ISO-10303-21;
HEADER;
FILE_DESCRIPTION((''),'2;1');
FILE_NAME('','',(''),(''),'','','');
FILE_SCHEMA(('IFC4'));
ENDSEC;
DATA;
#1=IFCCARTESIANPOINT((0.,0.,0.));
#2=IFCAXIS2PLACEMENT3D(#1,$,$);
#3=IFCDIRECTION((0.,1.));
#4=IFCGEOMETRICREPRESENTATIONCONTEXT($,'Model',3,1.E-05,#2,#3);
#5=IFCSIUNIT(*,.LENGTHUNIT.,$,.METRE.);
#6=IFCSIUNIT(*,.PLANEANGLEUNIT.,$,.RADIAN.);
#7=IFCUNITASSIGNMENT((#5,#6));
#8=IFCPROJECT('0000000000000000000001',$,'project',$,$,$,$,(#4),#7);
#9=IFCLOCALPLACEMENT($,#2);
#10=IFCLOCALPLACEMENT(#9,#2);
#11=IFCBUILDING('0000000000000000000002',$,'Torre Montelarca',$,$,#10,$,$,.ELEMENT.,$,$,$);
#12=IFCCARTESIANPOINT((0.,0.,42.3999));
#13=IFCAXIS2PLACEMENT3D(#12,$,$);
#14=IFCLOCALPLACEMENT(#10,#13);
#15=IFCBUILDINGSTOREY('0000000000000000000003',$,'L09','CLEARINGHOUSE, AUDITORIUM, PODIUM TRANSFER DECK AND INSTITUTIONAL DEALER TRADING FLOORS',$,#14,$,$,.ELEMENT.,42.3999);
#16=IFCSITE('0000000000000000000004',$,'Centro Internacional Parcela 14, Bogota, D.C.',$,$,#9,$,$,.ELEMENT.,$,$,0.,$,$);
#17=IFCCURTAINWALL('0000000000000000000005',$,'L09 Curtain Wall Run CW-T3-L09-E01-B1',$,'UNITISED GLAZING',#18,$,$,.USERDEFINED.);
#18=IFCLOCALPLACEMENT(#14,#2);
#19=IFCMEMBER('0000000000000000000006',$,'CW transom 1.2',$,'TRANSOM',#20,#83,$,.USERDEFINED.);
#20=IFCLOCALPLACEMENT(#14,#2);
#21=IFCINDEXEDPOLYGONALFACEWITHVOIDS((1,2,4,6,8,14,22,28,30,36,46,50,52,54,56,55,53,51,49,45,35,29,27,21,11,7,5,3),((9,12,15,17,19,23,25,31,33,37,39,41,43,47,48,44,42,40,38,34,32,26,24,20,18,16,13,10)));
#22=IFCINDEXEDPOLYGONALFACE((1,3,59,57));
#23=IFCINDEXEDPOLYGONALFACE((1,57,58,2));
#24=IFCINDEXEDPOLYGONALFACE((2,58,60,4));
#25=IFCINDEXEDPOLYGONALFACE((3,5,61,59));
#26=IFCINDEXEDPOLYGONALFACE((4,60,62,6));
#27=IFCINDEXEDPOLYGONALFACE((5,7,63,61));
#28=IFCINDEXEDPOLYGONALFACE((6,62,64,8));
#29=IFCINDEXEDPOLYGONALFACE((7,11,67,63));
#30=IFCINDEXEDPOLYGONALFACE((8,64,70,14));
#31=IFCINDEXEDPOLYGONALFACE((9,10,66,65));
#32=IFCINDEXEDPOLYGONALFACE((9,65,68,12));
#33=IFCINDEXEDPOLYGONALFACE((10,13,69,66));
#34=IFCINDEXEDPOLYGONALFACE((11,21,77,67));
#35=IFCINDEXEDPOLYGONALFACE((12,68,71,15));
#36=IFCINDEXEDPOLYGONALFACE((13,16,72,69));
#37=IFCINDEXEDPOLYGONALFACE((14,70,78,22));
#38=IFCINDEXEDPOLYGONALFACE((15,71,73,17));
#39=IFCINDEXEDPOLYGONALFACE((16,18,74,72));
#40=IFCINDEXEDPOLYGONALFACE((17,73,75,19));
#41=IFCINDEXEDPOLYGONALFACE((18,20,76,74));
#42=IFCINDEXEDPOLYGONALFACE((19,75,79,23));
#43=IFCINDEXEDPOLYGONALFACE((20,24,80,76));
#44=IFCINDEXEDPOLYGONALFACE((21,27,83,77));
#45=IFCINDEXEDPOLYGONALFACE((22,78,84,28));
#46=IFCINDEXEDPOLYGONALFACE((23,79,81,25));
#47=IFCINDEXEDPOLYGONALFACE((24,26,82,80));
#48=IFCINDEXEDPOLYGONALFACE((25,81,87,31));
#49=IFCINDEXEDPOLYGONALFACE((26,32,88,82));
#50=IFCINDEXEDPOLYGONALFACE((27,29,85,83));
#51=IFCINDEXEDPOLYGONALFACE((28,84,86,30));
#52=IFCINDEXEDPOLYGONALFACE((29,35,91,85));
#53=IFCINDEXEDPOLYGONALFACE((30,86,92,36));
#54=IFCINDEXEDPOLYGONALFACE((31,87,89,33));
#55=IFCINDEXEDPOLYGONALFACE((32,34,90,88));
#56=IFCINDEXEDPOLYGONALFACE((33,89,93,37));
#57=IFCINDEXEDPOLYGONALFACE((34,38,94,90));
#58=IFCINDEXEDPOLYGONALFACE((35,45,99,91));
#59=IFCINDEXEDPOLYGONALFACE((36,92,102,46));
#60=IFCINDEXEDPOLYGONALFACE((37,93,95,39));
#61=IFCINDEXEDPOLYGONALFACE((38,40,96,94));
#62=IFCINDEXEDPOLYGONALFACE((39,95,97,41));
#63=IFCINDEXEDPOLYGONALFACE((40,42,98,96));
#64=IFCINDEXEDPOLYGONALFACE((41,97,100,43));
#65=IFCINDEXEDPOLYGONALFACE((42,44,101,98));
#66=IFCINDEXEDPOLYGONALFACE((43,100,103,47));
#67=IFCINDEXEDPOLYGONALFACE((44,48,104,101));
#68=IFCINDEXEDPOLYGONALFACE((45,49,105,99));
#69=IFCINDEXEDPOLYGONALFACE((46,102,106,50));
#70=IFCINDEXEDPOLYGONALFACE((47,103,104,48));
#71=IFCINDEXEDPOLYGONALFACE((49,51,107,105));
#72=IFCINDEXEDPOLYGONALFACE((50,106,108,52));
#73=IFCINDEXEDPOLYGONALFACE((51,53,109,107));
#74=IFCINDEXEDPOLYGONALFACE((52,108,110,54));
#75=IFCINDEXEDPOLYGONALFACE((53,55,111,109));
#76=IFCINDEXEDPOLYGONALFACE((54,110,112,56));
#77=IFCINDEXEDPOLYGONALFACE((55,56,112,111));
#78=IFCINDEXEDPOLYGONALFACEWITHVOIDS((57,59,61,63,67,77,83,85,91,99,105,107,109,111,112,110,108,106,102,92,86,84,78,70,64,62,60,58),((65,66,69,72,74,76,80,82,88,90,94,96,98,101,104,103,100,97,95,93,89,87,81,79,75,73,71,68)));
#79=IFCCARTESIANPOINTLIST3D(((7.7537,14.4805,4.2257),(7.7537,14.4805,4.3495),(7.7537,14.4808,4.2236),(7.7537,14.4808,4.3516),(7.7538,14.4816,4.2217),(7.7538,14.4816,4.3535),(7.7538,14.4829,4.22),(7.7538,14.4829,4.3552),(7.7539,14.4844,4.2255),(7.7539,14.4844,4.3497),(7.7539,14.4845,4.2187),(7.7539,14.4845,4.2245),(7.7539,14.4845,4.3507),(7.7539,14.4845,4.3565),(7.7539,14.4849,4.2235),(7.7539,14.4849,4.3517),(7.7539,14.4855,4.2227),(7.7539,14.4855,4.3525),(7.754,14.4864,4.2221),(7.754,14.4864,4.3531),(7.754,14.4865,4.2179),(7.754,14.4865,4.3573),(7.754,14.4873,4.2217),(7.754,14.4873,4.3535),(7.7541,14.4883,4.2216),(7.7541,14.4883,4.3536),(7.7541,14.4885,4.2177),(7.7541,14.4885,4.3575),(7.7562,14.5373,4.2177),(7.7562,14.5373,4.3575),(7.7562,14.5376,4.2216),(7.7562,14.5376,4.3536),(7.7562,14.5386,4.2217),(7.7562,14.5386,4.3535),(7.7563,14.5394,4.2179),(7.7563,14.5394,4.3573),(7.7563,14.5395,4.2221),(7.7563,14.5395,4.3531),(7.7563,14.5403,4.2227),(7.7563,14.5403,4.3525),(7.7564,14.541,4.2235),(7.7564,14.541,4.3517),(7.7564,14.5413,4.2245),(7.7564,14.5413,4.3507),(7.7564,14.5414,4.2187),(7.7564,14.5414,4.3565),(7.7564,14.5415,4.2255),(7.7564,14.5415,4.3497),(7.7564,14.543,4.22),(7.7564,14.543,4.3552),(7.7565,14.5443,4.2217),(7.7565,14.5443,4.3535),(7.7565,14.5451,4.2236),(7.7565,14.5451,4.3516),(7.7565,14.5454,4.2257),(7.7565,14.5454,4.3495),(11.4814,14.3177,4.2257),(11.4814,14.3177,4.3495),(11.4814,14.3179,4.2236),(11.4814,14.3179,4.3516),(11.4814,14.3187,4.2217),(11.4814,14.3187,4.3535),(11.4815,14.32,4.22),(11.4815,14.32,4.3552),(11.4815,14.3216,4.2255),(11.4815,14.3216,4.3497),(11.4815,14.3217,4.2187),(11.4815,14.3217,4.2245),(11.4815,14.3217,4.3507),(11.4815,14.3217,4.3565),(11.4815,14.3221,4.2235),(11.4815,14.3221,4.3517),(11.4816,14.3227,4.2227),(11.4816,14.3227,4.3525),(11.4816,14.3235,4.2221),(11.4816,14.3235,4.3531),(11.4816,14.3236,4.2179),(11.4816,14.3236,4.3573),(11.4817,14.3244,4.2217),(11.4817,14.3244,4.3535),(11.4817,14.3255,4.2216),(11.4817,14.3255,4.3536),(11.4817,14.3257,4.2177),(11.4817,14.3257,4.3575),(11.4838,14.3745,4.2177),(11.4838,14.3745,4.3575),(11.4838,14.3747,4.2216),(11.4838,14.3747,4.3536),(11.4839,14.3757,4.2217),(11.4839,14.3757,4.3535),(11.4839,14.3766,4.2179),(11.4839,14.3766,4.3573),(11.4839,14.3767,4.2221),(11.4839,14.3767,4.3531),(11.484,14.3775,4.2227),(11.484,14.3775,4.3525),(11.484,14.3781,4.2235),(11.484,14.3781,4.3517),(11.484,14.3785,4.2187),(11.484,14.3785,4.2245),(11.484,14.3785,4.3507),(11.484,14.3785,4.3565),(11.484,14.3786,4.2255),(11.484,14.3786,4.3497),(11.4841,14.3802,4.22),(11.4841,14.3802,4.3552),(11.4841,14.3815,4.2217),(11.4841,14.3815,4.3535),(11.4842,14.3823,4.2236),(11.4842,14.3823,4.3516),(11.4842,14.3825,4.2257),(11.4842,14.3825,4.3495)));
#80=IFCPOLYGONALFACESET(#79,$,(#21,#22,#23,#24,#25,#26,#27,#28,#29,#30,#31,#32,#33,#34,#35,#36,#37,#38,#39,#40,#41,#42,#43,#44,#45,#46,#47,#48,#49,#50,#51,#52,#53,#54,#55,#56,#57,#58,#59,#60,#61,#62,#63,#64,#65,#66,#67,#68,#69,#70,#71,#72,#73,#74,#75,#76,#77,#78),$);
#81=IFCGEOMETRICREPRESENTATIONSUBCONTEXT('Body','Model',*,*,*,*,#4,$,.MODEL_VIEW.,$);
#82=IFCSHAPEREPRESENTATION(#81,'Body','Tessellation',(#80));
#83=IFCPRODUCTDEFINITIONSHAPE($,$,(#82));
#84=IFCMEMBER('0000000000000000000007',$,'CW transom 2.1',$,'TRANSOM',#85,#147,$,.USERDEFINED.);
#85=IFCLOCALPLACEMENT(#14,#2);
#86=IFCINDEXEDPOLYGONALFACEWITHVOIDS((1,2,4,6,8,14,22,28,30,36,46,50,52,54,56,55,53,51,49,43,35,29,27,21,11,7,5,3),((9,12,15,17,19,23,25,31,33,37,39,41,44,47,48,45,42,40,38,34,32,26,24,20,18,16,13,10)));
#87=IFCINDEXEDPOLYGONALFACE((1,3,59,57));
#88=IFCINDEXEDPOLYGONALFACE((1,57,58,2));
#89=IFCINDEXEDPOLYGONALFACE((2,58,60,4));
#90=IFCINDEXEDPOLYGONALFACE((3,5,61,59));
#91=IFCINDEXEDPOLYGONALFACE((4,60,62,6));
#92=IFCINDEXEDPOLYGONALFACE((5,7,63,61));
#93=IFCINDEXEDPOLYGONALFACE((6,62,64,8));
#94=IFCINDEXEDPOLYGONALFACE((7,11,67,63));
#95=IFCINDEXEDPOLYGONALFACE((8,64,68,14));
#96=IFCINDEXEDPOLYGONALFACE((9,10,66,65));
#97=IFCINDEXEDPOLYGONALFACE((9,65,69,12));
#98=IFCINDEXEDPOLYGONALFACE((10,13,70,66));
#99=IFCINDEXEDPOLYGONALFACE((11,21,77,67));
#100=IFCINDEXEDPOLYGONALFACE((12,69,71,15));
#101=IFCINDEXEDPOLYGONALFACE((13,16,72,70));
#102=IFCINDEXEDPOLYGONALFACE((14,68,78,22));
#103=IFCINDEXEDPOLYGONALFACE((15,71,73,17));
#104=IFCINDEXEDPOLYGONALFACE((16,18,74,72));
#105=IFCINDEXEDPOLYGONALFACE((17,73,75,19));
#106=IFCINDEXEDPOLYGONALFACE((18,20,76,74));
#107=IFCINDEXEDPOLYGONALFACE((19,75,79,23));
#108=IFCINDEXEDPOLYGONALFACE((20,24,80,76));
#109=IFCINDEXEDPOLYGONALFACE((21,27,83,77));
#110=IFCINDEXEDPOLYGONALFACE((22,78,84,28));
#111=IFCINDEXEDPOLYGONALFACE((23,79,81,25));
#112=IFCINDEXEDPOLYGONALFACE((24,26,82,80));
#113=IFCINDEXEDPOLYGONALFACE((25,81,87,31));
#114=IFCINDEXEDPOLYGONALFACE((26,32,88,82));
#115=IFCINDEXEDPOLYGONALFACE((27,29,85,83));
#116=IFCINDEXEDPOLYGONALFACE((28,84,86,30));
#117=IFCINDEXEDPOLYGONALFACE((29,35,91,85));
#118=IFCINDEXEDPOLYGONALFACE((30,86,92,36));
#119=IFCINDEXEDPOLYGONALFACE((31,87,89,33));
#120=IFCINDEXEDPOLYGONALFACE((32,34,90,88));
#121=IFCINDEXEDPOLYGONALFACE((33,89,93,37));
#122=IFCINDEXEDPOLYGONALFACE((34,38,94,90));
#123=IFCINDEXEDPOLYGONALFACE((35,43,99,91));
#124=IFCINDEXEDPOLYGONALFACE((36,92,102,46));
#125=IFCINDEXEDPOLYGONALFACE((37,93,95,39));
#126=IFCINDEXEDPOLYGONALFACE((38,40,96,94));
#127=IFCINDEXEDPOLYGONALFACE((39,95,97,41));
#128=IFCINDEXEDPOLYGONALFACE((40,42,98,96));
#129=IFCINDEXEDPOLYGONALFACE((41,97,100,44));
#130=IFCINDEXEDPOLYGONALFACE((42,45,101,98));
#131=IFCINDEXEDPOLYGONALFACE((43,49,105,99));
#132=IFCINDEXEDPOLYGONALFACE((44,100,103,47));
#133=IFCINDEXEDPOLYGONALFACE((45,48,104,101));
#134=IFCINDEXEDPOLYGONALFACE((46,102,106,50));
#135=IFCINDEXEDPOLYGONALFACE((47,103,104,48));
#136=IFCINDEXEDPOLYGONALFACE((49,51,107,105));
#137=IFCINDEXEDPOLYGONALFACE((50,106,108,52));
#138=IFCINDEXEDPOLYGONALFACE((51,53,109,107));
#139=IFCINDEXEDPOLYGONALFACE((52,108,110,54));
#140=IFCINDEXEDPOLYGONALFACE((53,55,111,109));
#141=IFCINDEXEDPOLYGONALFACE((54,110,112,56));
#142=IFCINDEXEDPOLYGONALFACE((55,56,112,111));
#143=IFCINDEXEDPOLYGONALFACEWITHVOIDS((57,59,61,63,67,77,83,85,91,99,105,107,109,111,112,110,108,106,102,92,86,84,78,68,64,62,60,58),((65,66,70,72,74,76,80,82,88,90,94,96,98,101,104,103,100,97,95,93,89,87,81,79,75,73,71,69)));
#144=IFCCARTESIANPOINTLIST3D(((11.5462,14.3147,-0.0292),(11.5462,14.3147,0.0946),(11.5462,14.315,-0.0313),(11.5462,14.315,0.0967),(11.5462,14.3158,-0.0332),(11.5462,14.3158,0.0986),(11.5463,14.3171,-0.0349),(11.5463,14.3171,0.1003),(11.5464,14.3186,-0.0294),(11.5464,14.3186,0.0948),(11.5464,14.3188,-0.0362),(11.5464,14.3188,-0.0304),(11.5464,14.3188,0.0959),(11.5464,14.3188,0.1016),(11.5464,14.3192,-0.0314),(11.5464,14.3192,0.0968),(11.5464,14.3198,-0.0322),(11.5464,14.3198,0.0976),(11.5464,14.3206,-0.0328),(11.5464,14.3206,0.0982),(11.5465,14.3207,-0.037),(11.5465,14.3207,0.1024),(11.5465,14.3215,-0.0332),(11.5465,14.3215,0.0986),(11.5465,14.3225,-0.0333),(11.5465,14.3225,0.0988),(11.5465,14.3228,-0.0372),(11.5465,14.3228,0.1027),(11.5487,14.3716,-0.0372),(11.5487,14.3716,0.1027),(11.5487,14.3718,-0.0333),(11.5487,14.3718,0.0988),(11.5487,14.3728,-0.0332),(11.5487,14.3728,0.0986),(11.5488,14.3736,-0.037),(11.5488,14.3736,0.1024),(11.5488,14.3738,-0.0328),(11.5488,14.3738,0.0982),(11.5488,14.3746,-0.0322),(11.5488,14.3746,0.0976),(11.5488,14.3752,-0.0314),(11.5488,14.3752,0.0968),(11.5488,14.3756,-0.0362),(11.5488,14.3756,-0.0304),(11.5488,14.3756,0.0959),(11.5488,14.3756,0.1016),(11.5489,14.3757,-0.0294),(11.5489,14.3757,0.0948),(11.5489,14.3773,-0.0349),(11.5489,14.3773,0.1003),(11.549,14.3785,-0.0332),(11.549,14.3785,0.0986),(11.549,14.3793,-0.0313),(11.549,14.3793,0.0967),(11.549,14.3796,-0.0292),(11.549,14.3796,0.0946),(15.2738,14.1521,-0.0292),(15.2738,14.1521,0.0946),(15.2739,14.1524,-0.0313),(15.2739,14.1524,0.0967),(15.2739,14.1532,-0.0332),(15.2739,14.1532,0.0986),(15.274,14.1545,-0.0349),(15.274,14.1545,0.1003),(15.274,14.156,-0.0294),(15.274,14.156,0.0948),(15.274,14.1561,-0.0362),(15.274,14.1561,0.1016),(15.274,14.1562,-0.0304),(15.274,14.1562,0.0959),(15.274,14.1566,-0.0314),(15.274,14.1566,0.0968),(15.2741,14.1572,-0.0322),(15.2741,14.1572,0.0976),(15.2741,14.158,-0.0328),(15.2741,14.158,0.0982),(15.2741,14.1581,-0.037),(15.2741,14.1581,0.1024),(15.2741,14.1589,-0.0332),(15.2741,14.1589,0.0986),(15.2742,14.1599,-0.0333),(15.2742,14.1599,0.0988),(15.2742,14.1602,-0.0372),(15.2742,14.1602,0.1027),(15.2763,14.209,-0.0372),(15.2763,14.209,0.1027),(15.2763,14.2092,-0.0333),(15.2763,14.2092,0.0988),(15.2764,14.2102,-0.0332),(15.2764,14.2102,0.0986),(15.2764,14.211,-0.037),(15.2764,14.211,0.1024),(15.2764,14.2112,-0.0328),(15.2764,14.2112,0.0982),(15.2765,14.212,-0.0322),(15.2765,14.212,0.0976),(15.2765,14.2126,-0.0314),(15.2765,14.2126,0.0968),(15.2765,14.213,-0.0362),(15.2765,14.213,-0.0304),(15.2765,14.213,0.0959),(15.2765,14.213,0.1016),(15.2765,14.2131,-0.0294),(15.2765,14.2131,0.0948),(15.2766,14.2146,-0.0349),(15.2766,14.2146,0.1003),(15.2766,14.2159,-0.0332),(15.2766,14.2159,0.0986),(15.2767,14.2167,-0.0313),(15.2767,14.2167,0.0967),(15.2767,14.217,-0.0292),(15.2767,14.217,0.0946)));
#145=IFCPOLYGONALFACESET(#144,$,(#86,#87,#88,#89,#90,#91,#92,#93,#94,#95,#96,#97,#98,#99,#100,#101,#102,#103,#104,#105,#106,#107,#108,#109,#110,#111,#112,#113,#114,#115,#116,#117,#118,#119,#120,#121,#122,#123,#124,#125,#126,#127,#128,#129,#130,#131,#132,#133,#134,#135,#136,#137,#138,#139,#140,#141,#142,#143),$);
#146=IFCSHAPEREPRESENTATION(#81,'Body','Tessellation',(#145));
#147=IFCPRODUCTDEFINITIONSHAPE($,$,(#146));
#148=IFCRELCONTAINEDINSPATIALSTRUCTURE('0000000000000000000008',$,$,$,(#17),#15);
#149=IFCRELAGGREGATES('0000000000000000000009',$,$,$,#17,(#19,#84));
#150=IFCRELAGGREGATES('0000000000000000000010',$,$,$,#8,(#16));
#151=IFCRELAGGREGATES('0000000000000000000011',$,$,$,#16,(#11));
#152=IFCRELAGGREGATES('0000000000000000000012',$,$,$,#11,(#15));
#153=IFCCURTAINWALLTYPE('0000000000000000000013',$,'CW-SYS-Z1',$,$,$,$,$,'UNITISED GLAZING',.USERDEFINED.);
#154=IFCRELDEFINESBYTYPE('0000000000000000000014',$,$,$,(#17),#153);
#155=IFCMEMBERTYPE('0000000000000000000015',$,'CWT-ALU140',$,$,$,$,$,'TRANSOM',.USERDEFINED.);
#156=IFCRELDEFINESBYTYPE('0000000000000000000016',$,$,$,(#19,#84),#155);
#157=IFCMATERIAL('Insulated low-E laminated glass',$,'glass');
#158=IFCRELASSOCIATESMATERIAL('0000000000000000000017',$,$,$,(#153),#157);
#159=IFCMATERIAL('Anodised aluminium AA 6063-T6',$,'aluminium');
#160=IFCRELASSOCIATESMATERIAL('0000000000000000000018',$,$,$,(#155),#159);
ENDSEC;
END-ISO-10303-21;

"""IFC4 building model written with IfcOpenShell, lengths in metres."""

from ifc_helpers import new_model, si_unit, direction, frame, origin, origin_2d, place, context, subcontext, project, spatial, hollow_rectangle, extrude, source, transform, mapped, material, material_profile, profile_set, type_object, element, aggregate, save


model = new_model("IFC4")

# Units and contexts
model_context = context("Model", 3, precision=1e-05, world=origin(), true_north=direction((0.0, 1.0)))
body_context = subcontext(model_context, "Body", "Model", "MODEL_VIEW")
ifc_project = project(units=[si_unit("LENGTHUNIT", "METRE"), si_unit("PLANEANGLEUNIT", "RADIAN")], contexts=[model_context])

# Site, building, storey
site_placement = place(None, origin())
site = spatial("IfcSite", under=ifc_project, at=site_placement, Name="Centro Internacional Parcela 14, Bogota, D.C.", CompositionType="ELEMENT", RefElevation=0.0)
building_placement = place(site_placement, origin())
building = spatial("IfcBuilding", under=site, at=building_placement, Name="Torre Montelarca", CompositionType="ELEMENT")
storey_placement = place(building_placement, frame((0.0, 0.0, 42.3999)))
storey = spatial("IfcBuildingStorey", under=building, at=storey_placement, Name="L09", Description="CLEARINGHOUSE, AUDITORIUM, PODIUM TRANSFER DECK AND INSTITUTIONAL DEALER TRADING FLOORS", CompositionType="ELEMENT", Elevation=42.3999)

# Curtain wall
ifc_material_1 = material(Name="Insulated low-E laminated glass", Category="glass")
curtain_wall_type = type_object("IfcCurtainWallType", Name="CW-SYS-Z1", ElementType="UNITISED GLAZING", PredefinedType="USERDEFINED", material=ifc_material_1)
curtain_wall_1_placement = place(storey_placement, origin())
curtain_wall_1 = element("IfcCurtainWall", 1, at=curtain_wall_1_placement, inside=storey, type_object=curtain_wall_type, Name="L09 Curtain Wall Run CW-T3-L09-E01-B1", ObjectType="UNITISED GLAZING", PredefinedType="USERDEFINED")
ifc_material_2 = material(Name="Anodised aluminium AA 6063-T6", Category="aluminium")

# Members
ifc_material_profile_1 = material_profile(ifc_material_2, hollow_rectangle(XDim=0.0649, YDim=0.1399, WallThickness=0.0039, InnerFilletRadius=0.0039, OuterFilletRadius=0.0081, at=origin_2d()), Name="ALU65X140X4", Category="aluminium")
ifc_profile_set_1 = profile_set([ifc_material_profile_1], Name="Anodised aluminium AA 6063-T6")
member_type_1 = type_object("IfcMemberType", Name="CWT-ALU140", ElementType="TRANSOM", PredefinedType="USERDEFINED", material=ifc_profile_set_1)
shared_shape_1 = source(origin(), body_context, "Body", "SweptSolid", [
    extrude(hollow_rectangle(XDim=0.0649, YDim=0.1399, WallThickness=0.0039, InnerFilletRadius=0.0039, OuterFilletRadius=0.0081, at=origin_2d()), origin(), (0.0, 0.0, 1.0), 3.7312),
])
member_1_placement = place(storey_placement, frame((7.7551, 14.5129, 4.2876), z_axis=(0.999047, -0.043645, 0.0), x_axis=(0.043645, 0.999047, 0.0)))
member_1 = element("IfcMember", 2, at=member_1_placement, type_object=member_type_1, Name="CW transom 1.2", ObjectType="TRANSOM", PredefinedType="USERDEFINED", context=body_context, shape_type="MappedRepresentation", body=[
    mapped(shared_shape_1, transform((0.0, 0.0, 0.0), scale=1.0)),
])
member_2_placement = place(storey_placement, frame((11.5476, 14.3472, 0.0327), z_axis=(0.99905, -0.043579, 0.0), x_axis=(0.043579, 0.99905, 0.0)))
member_2 = element("IfcMember", 3, at=member_2_placement, type_object=member_type_1, Name="CW transom 2.1", ObjectType="TRANSOM", PredefinedType="USERDEFINED", context=body_context, shape_type="MappedRepresentation", body=[
    mapped(shared_shape_1, transform((0.0, 0.0, 0.0), scale=1.0)),
])

aggregate(curtain_wall_1, [member_1, member_2])

save(model, "model.ifc")
